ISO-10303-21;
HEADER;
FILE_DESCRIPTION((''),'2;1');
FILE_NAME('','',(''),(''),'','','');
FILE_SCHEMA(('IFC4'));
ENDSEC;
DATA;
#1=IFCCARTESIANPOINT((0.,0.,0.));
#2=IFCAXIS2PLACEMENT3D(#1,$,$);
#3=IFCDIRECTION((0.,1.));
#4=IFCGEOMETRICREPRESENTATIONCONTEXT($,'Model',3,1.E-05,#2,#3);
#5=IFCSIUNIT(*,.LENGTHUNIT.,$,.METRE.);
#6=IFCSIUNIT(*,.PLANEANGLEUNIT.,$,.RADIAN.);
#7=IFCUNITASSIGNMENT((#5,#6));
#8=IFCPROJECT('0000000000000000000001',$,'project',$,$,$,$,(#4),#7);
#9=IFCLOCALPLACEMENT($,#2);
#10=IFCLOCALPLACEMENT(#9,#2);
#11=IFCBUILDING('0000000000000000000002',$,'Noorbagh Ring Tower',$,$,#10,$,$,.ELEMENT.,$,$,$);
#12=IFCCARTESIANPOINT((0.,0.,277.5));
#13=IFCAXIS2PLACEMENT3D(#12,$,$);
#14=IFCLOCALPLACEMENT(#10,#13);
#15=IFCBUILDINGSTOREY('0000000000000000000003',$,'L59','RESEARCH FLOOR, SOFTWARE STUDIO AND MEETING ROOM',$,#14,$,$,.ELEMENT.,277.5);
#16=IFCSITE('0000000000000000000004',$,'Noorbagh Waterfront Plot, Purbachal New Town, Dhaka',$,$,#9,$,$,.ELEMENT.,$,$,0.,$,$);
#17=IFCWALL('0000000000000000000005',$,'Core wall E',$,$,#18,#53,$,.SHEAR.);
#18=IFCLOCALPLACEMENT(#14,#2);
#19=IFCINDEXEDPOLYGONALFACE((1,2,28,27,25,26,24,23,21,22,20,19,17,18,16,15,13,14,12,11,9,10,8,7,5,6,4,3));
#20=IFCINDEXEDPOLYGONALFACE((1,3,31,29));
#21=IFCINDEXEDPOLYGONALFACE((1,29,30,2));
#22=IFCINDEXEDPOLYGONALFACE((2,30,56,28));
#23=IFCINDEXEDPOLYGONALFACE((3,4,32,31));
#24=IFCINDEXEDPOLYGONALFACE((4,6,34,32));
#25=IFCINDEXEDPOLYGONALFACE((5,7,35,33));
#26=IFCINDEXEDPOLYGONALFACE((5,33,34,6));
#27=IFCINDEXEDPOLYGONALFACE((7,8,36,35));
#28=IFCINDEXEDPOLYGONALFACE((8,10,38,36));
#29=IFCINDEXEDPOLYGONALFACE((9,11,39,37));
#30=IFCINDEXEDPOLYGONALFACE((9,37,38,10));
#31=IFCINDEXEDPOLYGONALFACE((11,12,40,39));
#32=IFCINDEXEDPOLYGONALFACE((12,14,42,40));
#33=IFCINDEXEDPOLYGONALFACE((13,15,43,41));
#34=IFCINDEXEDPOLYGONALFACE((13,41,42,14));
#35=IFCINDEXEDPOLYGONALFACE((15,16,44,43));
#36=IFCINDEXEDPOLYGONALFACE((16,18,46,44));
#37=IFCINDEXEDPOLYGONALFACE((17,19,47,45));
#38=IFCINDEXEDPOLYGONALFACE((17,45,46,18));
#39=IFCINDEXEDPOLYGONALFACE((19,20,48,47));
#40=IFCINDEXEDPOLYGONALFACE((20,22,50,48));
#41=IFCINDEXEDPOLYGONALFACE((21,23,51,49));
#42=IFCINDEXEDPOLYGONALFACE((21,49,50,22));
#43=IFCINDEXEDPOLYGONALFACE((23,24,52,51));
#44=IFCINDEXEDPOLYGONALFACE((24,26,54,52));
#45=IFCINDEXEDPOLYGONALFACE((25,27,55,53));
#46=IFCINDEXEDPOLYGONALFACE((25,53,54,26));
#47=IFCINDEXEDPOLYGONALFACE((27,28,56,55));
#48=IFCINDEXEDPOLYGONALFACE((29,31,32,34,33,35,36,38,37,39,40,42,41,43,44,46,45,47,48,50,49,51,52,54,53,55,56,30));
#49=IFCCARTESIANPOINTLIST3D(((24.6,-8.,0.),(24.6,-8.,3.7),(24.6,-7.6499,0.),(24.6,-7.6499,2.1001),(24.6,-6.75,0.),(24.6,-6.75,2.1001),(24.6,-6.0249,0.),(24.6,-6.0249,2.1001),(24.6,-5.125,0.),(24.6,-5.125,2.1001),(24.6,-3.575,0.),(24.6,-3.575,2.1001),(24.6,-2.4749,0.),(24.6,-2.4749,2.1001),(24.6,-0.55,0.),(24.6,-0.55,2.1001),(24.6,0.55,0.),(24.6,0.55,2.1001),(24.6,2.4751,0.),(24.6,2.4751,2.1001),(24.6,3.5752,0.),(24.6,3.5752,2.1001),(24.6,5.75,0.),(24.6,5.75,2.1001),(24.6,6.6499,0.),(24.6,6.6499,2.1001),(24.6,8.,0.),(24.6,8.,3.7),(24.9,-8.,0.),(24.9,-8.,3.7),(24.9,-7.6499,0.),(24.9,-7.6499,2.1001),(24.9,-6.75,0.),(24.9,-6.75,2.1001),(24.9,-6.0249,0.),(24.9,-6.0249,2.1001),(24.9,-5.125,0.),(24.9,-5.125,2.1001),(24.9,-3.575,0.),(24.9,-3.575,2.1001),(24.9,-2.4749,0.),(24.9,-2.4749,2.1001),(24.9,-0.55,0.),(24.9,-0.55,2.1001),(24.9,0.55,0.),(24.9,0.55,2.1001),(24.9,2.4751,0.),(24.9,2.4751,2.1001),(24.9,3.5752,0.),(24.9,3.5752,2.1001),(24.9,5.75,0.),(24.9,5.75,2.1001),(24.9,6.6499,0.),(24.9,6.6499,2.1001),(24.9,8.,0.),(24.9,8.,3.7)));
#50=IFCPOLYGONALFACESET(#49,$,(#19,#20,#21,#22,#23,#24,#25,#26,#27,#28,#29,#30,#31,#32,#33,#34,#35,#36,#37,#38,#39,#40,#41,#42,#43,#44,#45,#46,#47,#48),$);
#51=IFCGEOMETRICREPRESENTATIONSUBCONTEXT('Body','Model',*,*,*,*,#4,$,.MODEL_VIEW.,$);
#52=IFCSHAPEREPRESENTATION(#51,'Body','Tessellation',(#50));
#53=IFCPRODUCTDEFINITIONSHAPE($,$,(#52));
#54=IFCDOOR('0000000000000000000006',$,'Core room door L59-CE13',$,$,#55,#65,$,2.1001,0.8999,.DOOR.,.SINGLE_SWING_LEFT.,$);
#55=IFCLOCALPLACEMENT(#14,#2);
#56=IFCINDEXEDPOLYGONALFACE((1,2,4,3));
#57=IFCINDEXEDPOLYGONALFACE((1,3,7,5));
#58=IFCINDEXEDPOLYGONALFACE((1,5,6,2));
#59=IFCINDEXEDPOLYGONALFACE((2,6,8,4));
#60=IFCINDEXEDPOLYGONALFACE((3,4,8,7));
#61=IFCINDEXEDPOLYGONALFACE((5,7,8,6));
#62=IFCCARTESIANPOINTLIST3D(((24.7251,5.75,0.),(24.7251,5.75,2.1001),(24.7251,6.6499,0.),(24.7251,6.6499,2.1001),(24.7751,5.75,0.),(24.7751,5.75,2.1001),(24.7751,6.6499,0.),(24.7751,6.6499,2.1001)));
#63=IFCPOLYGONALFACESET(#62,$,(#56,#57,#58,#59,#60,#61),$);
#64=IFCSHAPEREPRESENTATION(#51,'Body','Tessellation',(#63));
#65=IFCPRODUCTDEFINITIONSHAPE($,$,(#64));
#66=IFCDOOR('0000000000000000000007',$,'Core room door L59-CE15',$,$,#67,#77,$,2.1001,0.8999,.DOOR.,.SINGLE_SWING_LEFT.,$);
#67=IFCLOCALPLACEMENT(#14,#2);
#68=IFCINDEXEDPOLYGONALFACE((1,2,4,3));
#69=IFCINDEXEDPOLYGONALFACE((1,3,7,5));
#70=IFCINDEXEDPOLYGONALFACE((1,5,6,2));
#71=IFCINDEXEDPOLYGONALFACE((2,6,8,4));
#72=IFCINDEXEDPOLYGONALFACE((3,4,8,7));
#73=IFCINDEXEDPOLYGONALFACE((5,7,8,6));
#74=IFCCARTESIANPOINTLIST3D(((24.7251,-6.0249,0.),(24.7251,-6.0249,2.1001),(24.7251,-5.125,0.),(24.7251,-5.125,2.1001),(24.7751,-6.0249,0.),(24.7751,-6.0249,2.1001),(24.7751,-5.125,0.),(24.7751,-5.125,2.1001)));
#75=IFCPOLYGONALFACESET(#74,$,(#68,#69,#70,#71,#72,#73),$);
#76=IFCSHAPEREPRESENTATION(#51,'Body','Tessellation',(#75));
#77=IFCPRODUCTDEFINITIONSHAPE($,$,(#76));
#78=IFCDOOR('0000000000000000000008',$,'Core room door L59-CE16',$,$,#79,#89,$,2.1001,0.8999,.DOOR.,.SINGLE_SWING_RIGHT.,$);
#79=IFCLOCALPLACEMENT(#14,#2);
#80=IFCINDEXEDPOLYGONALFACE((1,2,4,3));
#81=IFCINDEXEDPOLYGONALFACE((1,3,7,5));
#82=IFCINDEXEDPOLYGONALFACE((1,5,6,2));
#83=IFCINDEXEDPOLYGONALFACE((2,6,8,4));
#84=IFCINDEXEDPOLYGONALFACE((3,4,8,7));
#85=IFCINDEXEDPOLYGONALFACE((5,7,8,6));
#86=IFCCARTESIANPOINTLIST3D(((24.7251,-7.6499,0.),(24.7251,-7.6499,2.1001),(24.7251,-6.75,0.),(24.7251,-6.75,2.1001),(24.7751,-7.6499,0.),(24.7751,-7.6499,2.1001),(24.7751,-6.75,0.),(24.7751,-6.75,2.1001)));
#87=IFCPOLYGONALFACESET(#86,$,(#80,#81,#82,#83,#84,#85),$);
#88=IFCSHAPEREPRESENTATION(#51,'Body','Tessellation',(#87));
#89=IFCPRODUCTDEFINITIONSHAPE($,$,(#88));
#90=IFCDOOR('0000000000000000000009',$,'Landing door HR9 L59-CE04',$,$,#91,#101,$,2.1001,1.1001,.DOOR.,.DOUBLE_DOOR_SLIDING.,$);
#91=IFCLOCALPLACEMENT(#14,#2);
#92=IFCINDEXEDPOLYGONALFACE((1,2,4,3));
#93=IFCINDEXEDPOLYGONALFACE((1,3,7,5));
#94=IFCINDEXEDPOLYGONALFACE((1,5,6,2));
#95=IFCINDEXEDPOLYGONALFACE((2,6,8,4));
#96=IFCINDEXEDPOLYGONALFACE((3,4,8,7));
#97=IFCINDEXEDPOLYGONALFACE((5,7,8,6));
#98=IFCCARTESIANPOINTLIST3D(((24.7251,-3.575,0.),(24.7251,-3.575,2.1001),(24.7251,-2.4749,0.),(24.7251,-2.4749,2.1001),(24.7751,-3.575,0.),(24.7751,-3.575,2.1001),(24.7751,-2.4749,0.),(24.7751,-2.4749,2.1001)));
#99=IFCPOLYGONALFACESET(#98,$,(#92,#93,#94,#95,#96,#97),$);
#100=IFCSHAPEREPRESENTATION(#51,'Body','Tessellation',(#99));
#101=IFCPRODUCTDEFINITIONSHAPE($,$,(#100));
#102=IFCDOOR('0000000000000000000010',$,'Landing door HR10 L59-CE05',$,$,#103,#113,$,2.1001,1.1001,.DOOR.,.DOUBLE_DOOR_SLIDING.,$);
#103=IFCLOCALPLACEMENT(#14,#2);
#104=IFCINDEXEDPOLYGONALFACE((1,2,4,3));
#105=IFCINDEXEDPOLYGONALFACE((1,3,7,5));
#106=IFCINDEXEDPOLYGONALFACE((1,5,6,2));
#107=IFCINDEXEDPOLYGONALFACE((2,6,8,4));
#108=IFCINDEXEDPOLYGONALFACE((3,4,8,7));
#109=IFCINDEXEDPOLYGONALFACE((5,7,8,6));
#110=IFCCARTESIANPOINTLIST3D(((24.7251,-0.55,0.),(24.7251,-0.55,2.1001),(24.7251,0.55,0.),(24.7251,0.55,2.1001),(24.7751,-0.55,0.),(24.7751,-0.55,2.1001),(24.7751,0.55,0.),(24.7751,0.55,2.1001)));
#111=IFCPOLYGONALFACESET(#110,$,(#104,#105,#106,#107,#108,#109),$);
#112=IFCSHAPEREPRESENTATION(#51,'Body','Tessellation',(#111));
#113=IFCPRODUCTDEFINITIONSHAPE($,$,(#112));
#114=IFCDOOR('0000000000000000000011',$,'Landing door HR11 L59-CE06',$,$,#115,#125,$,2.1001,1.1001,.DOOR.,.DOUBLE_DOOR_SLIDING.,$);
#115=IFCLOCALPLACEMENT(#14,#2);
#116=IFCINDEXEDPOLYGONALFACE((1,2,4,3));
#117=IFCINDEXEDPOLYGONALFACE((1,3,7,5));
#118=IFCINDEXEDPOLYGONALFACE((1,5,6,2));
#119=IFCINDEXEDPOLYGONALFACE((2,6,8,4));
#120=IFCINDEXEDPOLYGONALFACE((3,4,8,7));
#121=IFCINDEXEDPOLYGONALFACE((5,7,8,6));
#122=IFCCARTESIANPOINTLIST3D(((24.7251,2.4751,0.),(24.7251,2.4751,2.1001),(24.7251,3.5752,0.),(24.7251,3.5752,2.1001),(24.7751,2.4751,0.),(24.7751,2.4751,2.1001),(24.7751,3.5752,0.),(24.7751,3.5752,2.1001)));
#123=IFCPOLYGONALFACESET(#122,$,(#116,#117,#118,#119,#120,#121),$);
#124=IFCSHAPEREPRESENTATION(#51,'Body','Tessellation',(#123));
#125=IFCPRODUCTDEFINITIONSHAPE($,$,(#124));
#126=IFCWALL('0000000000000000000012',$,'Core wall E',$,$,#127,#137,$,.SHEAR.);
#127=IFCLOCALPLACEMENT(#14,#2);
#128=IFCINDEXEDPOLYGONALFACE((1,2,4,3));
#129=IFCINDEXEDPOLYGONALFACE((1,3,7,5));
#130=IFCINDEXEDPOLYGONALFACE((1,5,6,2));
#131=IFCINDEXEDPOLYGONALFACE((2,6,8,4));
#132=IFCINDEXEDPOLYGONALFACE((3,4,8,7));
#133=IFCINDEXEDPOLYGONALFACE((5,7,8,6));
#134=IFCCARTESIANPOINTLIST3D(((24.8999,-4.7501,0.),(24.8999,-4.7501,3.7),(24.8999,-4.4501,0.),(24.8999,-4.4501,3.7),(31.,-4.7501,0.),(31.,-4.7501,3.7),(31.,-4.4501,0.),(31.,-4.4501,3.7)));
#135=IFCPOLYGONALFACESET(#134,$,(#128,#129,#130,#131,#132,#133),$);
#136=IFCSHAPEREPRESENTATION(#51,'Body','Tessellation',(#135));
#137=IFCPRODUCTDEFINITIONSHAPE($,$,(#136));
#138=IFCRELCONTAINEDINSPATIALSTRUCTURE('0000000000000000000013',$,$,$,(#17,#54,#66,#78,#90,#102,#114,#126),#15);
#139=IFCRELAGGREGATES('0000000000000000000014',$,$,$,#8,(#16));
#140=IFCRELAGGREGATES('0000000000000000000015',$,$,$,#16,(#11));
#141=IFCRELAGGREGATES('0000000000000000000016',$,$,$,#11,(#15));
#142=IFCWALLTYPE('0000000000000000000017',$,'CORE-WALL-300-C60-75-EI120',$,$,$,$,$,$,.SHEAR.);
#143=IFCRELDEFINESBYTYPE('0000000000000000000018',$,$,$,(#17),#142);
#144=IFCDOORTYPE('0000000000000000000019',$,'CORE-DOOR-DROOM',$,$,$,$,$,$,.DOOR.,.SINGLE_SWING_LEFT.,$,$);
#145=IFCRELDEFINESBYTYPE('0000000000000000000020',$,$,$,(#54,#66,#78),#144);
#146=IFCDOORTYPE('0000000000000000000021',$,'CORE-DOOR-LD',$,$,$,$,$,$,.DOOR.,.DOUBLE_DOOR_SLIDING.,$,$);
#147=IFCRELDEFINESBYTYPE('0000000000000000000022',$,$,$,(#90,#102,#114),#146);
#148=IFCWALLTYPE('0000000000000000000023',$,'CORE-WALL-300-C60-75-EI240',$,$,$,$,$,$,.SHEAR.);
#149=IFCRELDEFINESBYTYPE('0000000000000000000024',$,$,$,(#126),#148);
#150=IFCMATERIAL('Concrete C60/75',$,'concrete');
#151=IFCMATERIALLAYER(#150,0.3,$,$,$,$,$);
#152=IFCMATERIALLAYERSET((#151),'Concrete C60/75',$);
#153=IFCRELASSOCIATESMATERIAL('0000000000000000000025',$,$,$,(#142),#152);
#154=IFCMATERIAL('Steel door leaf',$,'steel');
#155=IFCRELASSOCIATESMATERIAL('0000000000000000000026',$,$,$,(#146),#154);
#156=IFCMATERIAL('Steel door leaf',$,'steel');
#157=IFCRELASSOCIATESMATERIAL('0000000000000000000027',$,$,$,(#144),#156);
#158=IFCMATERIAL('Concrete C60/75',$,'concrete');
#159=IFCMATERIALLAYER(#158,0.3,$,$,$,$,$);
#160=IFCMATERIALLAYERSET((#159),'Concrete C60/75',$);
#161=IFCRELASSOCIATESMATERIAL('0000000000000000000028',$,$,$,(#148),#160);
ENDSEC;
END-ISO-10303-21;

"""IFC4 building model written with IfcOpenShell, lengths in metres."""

from ifc_helpers import new_model, si_unit, direction, frame, frame_2d, origin, place, context, subcontext, project, spatial, rectangle, extrude, material, layer, layer_set, type_object, element, fill, save


model = new_model("IFC4")

# Units and contexts
model_context = context("Model", 3, precision=1e-05, world=origin(), true_north=direction((0.0, 1.0)))
body_context = subcontext(model_context, "Body", "Model", "MODEL_VIEW")
ifc_project = project(units=[si_unit("LENGTHUNIT", "METRE"), si_unit("PLANEANGLEUNIT", "RADIAN")], contexts=[model_context])

# Site, building, storey
site_placement = place(None, origin())
site = spatial("IfcSite", under=ifc_project, at=site_placement, Name="Noorbagh Waterfront Plot, Purbachal New Town, Dhaka", CompositionType="ELEMENT", RefElevation=0.0)
building_placement = place(site_placement, origin())
building = spatial("IfcBuilding", under=site, at=building_placement, Name="Noorbagh Ring Tower", CompositionType="ELEMENT")
storey_placement = place(building_placement, frame((0.0, 0.0, 277.5)))
storey = spatial("IfcBuildingStorey", under=building, at=storey_placement, Name="L59", Description="RESEARCH FLOOR, SOFTWARE STUDIO AND MEETING ROOM", CompositionType="ELEMENT", Elevation=277.5)

# Shared definitions
ifc_material_1 = material(Name="Concrete C60/75", Category="concrete")
ifc_layer_1 = layer(ifc_material_1, 0.3)
ifc_layer_set_1 = layer_set([ifc_layer_1], Name="Concrete C60/75")
wall_type_1 = type_object("IfcWallType", Name="CORE-WALL-300-C60-75-EI120", PredefinedType="SHEAR", material=ifc_layer_set_1)

# Wall, openings, doors
ifc_material_2 = material(Name="Steel door leaf", Category="steel")
door_type_1 = type_object("IfcDoorType", Name="CORE-DOOR-LD", OperationType="DOUBLE_DOOR_SLIDING", PredefinedType="DOOR", material=ifc_material_2)
wall_1_placement = place(storey_placement, frame((24.75, -8.0, 0.0), z_axis=(0.0, 0.0, 1.0), x_axis=(0.0, 1.0, 0.0)))
wall_1 = element("IfcWall", 1, at=wall_1_placement, inside=storey, type_object=wall_type_1, Name="Core wall E", PredefinedType="SHEAR", context=body_context, shape_type="SweptSolid", body=[
    extrude(rectangle(XDim=16.0, YDim=0.3, at=frame_2d((8.0, 0.0))), origin(), (0.0, 0.0, 1.0), 3.7),
])
opening_1_placement = place(wall_1_placement, frame((4.425, 0.0, 0.0)))
opening_1 = element("IfcOpeningElement", 2, at=opening_1_placement, cuts=wall_1, PredefinedType="OPENING", context=body_context, shape_type="SweptSolid", body=[
    extrude(rectangle(XDim=1.1001, YDim=2.1001, at=frame_2d((0.55, 1.05))), frame((0.0, 0.1602, 0.0), z_axis=(0.0, -1.0, 0.0), x_axis=(1.0, 0.0, 0.0)), (0.0, 0.0, 1.0), 0.3201),
])
opening_2_placement = place(wall_1_placement, frame((7.45, 0.0, 0.0)))
opening_2 = element("IfcOpeningElement", 3, at=opening_2_placement, cuts=wall_1, PredefinedType="OPENING", context=body_context, shape_type="SweptSolid", body=[
    extrude(rectangle(XDim=1.1001, YDim=2.1001, at=frame_2d((0.55, 1.05))), frame((0.0, 0.1602, 0.0), z_axis=(0.0, -1.0, 0.0), x_axis=(1.0, 0.0, 0.0)), (0.0, 0.0, 1.0), 0.3201),
])
opening_3_placement = place(wall_1_placement, frame((10.4751, 0.0, 0.0)))
opening_3 = element("IfcOpeningElement", 4, at=opening_3_placement, cuts=wall_1, PredefinedType="OPENING", context=body_context, shape_type="SweptSolid", body=[
    extrude(rectangle(XDim=1.1001, YDim=2.1001, at=frame_2d((0.55, 1.05))), frame((0.0, 0.1602, 0.0), z_axis=(0.0, -1.0, 0.0), x_axis=(1.0, 0.0, 0.0)), (0.0, 0.0, 1.0), 0.3201),
])
opening_4_placement = place(wall_1_placement, frame((13.75, 0.0, 0.0)))
opening_4 = element("IfcOpeningElement", 5, at=opening_4_placement, cuts=wall_1, PredefinedType="OPENING", context=body_context, shape_type="SweptSolid", body=[
    extrude(rectangle(XDim=0.8999, YDim=2.1001, at=frame_2d((0.45, 1.05))), frame((0.0, 0.1602, 0.0), z_axis=(0.0, -1.0, 0.0), x_axis=(1.0, 0.0, 0.0)), (0.0, 0.0, 1.0), 0.3201),
])
opening_5_placement = place(wall_1_placement, frame((1.9751, 0.0, 0.0)))
opening_5 = element("IfcOpeningElement", 6, at=opening_5_placement, cuts=wall_1, PredefinedType="OPENING", context=body_context, shape_type="SweptSolid", body=[
    extrude(rectangle(XDim=0.8999, YDim=2.1001, at=frame_2d((0.45, 1.05))), frame((0.0, 0.1602, 0.0), z_axis=(0.0, -1.0, 0.0), x_axis=(1.0, 0.0, 0.0)), (0.0, 0.0, 1.0), 0.3201),
])
opening_6_placement = place(wall_1_placement, frame((0.3501, 0.0, 0.0)))
opening_6 = element("IfcOpeningElement", 7, at=opening_6_placement, cuts=wall_1, PredefinedType="OPENING", context=body_context, shape_type="SweptSolid", body=[
    extrude(rectangle(XDim=0.8999, YDim=2.1001, at=frame_2d((0.45, 1.05))), frame((0.0, 0.1602, 0.0), z_axis=(0.0, -1.0, 0.0), x_axis=(1.0, 0.0, 0.0)), (0.0, 0.0, 1.0), 0.3201),
])
ifc_material_3 = material(Name="Steel door leaf", Category="steel")
door_type_2 = type_object("IfcDoorType", Name="CORE-DOOR-DROOM", OperationType="SINGLE_SWING_LEFT", PredefinedType="DOOR", material=ifc_material_3)
door_1_placement = place(opening_4_placement, origin())
door_1 = element("IfcDoor", 8, at=door_1_placement, inside=storey, type_object=door_type_2, Name="Core room door L59-CE13", OperationType="SINGLE_SWING_LEFT", OverallHeight=2.1001, OverallWidth=0.8999, PredefinedType="DOOR", context=body_context, shape_type="SweptSolid", body=[
    extrude(rectangle(XDim=0.8999, YDim=2.1001, at=frame_2d((0.45, 1.05))), frame((0.0, 0.0249, 0.0), z_axis=(0.0, -1.0, 0.0), x_axis=(1.0, 0.0, 0.0)), (0.0, 0.0, 1.0), 0.05),
])
fill(opening_4, door_1)
door_2_placement = place(opening_5_placement, origin())
door_2 = element("IfcDoor", 9, at=door_2_placement, inside=storey, type_object=door_type_2, Name="Core room door L59-CE15", OperationType="SINGLE_SWING_LEFT", OverallHeight=2.1001, OverallWidth=0.8999, PredefinedType="DOOR", context=body_context, shape_type="SweptSolid", body=[
    extrude(rectangle(XDim=0.8999, YDim=2.1001, at=frame_2d((0.45, 1.05))), frame((0.0, 0.0249, 0.0), z_axis=(0.0, -1.0, 0.0), x_axis=(1.0, 0.0, 0.0)), (0.0, 0.0, 1.0), 0.05),
])
fill(opening_5, door_2)
door_3_placement = place(opening_6_placement, origin())
door_3 = element("IfcDoor", 10, at=door_3_placement, inside=storey, type_object=door_type_2, Name="Core room door L59-CE16", OperationType="SINGLE_SWING_RIGHT", OverallHeight=2.1001, OverallWidth=0.8999, PredefinedType="DOOR", context=body_context, shape_type="SweptSolid", body=[
    extrude(rectangle(XDim=0.8999, YDim=2.1001, at=frame_2d((0.45, 1.05))), frame((0.0, 0.0249, 0.0), z_axis=(0.0, -1.0, 0.0), x_axis=(1.0, 0.0, 0.0)), (0.0, 0.0, 1.0), 0.05),
])
fill(opening_6, door_3)
door_4_placement = place(opening_1_placement, origin())
door_4 = element("IfcDoor", 11, at=door_4_placement, inside=storey, type_object=door_type_1, Name="Landing door HR9 L59-CE04", OperationType="DOUBLE_DOOR_SLIDING", OverallHeight=2.1001, OverallWidth=1.1001, PredefinedType="DOOR", context=body_context, shape_type="SweptSolid", body=[
    extrude(rectangle(XDim=1.1001, YDim=2.1001, at=frame_2d((0.55, 1.05))), frame((0.0, 0.0249, 0.0), z_axis=(0.0, -1.0, 0.0), x_axis=(1.0, 0.0, 0.0)), (0.0, 0.0, 1.0), 0.05),
])
fill(opening_1, door_4)
door_5_placement = place(opening_2_placement, origin())
door_5 = element("IfcDoor", 12, at=door_5_placement, inside=storey, type_object=door_type_1, Name="Landing door HR10 L59-CE05", OperationType="DOUBLE_DOOR_SLIDING", OverallHeight=2.1001, OverallWidth=1.1001, PredefinedType="DOOR", context=body_context, shape_type="SweptSolid", body=[
    extrude(rectangle(XDim=1.1001, YDim=2.1001, at=frame_2d((0.55, 1.05))), frame((0.0, 0.0249, 0.0), z_axis=(0.0, -1.0, 0.0), x_axis=(1.0, 0.0, 0.0)), (0.0, 0.0, 1.0), 0.05),
])
fill(opening_2, door_5)
door_6_placement = place(opening_3_placement, origin())
door_6 = element("IfcDoor", 13, at=door_6_placement, inside=storey, type_object=door_type_1, Name="Landing door HR11 L59-CE06", OperationType="DOUBLE_DOOR_SLIDING", OverallHeight=2.1001, OverallWidth=1.1001, PredefinedType="DOOR", context=body_context, shape_type="SweptSolid", body=[
    extrude(rectangle(XDim=1.1001, YDim=2.1001, at=frame_2d((0.55, 1.05))), frame((0.0, 0.0249, 0.0), z_axis=(0.0, -1.0, 0.0), x_axis=(1.0, 0.0, 0.0)), (0.0, 0.0, 1.0), 0.05),
])
fill(opening_3, door_6)

# Wall
ifc_material_4 = material(Name="Concrete C60/75", Category="concrete")
ifc_layer_2 = layer(ifc_material_4, 0.3)
ifc_layer_set_2 = layer_set([ifc_layer_2], Name="Concrete C60/75")
wall_type_2 = type_object("IfcWallType", Name="CORE-WALL-300-C60-75-EI240", PredefinedType="SHEAR", material=ifc_layer_set_2)
wall_2_placement = place(storey_placement, frame((24.8999, -4.6001, 0.0), z_axis=(0.0, 0.0, 1.0), x_axis=(1.0, 0.0, 0.0)))
element("IfcWall", 14, at=wall_2_placement, inside=storey, type_object=wall_type_2, Name="Core wall E", PredefinedType="SHEAR", context=body_context, shape_type="SweptSolid", body=[
    extrude(rectangle(XDim=6.1001, YDim=0.3, at=frame_2d((3.05, 0.0))), origin(), (0.0, 0.0, 1.0), 3.7),
])

save(model, "model.ifc")
